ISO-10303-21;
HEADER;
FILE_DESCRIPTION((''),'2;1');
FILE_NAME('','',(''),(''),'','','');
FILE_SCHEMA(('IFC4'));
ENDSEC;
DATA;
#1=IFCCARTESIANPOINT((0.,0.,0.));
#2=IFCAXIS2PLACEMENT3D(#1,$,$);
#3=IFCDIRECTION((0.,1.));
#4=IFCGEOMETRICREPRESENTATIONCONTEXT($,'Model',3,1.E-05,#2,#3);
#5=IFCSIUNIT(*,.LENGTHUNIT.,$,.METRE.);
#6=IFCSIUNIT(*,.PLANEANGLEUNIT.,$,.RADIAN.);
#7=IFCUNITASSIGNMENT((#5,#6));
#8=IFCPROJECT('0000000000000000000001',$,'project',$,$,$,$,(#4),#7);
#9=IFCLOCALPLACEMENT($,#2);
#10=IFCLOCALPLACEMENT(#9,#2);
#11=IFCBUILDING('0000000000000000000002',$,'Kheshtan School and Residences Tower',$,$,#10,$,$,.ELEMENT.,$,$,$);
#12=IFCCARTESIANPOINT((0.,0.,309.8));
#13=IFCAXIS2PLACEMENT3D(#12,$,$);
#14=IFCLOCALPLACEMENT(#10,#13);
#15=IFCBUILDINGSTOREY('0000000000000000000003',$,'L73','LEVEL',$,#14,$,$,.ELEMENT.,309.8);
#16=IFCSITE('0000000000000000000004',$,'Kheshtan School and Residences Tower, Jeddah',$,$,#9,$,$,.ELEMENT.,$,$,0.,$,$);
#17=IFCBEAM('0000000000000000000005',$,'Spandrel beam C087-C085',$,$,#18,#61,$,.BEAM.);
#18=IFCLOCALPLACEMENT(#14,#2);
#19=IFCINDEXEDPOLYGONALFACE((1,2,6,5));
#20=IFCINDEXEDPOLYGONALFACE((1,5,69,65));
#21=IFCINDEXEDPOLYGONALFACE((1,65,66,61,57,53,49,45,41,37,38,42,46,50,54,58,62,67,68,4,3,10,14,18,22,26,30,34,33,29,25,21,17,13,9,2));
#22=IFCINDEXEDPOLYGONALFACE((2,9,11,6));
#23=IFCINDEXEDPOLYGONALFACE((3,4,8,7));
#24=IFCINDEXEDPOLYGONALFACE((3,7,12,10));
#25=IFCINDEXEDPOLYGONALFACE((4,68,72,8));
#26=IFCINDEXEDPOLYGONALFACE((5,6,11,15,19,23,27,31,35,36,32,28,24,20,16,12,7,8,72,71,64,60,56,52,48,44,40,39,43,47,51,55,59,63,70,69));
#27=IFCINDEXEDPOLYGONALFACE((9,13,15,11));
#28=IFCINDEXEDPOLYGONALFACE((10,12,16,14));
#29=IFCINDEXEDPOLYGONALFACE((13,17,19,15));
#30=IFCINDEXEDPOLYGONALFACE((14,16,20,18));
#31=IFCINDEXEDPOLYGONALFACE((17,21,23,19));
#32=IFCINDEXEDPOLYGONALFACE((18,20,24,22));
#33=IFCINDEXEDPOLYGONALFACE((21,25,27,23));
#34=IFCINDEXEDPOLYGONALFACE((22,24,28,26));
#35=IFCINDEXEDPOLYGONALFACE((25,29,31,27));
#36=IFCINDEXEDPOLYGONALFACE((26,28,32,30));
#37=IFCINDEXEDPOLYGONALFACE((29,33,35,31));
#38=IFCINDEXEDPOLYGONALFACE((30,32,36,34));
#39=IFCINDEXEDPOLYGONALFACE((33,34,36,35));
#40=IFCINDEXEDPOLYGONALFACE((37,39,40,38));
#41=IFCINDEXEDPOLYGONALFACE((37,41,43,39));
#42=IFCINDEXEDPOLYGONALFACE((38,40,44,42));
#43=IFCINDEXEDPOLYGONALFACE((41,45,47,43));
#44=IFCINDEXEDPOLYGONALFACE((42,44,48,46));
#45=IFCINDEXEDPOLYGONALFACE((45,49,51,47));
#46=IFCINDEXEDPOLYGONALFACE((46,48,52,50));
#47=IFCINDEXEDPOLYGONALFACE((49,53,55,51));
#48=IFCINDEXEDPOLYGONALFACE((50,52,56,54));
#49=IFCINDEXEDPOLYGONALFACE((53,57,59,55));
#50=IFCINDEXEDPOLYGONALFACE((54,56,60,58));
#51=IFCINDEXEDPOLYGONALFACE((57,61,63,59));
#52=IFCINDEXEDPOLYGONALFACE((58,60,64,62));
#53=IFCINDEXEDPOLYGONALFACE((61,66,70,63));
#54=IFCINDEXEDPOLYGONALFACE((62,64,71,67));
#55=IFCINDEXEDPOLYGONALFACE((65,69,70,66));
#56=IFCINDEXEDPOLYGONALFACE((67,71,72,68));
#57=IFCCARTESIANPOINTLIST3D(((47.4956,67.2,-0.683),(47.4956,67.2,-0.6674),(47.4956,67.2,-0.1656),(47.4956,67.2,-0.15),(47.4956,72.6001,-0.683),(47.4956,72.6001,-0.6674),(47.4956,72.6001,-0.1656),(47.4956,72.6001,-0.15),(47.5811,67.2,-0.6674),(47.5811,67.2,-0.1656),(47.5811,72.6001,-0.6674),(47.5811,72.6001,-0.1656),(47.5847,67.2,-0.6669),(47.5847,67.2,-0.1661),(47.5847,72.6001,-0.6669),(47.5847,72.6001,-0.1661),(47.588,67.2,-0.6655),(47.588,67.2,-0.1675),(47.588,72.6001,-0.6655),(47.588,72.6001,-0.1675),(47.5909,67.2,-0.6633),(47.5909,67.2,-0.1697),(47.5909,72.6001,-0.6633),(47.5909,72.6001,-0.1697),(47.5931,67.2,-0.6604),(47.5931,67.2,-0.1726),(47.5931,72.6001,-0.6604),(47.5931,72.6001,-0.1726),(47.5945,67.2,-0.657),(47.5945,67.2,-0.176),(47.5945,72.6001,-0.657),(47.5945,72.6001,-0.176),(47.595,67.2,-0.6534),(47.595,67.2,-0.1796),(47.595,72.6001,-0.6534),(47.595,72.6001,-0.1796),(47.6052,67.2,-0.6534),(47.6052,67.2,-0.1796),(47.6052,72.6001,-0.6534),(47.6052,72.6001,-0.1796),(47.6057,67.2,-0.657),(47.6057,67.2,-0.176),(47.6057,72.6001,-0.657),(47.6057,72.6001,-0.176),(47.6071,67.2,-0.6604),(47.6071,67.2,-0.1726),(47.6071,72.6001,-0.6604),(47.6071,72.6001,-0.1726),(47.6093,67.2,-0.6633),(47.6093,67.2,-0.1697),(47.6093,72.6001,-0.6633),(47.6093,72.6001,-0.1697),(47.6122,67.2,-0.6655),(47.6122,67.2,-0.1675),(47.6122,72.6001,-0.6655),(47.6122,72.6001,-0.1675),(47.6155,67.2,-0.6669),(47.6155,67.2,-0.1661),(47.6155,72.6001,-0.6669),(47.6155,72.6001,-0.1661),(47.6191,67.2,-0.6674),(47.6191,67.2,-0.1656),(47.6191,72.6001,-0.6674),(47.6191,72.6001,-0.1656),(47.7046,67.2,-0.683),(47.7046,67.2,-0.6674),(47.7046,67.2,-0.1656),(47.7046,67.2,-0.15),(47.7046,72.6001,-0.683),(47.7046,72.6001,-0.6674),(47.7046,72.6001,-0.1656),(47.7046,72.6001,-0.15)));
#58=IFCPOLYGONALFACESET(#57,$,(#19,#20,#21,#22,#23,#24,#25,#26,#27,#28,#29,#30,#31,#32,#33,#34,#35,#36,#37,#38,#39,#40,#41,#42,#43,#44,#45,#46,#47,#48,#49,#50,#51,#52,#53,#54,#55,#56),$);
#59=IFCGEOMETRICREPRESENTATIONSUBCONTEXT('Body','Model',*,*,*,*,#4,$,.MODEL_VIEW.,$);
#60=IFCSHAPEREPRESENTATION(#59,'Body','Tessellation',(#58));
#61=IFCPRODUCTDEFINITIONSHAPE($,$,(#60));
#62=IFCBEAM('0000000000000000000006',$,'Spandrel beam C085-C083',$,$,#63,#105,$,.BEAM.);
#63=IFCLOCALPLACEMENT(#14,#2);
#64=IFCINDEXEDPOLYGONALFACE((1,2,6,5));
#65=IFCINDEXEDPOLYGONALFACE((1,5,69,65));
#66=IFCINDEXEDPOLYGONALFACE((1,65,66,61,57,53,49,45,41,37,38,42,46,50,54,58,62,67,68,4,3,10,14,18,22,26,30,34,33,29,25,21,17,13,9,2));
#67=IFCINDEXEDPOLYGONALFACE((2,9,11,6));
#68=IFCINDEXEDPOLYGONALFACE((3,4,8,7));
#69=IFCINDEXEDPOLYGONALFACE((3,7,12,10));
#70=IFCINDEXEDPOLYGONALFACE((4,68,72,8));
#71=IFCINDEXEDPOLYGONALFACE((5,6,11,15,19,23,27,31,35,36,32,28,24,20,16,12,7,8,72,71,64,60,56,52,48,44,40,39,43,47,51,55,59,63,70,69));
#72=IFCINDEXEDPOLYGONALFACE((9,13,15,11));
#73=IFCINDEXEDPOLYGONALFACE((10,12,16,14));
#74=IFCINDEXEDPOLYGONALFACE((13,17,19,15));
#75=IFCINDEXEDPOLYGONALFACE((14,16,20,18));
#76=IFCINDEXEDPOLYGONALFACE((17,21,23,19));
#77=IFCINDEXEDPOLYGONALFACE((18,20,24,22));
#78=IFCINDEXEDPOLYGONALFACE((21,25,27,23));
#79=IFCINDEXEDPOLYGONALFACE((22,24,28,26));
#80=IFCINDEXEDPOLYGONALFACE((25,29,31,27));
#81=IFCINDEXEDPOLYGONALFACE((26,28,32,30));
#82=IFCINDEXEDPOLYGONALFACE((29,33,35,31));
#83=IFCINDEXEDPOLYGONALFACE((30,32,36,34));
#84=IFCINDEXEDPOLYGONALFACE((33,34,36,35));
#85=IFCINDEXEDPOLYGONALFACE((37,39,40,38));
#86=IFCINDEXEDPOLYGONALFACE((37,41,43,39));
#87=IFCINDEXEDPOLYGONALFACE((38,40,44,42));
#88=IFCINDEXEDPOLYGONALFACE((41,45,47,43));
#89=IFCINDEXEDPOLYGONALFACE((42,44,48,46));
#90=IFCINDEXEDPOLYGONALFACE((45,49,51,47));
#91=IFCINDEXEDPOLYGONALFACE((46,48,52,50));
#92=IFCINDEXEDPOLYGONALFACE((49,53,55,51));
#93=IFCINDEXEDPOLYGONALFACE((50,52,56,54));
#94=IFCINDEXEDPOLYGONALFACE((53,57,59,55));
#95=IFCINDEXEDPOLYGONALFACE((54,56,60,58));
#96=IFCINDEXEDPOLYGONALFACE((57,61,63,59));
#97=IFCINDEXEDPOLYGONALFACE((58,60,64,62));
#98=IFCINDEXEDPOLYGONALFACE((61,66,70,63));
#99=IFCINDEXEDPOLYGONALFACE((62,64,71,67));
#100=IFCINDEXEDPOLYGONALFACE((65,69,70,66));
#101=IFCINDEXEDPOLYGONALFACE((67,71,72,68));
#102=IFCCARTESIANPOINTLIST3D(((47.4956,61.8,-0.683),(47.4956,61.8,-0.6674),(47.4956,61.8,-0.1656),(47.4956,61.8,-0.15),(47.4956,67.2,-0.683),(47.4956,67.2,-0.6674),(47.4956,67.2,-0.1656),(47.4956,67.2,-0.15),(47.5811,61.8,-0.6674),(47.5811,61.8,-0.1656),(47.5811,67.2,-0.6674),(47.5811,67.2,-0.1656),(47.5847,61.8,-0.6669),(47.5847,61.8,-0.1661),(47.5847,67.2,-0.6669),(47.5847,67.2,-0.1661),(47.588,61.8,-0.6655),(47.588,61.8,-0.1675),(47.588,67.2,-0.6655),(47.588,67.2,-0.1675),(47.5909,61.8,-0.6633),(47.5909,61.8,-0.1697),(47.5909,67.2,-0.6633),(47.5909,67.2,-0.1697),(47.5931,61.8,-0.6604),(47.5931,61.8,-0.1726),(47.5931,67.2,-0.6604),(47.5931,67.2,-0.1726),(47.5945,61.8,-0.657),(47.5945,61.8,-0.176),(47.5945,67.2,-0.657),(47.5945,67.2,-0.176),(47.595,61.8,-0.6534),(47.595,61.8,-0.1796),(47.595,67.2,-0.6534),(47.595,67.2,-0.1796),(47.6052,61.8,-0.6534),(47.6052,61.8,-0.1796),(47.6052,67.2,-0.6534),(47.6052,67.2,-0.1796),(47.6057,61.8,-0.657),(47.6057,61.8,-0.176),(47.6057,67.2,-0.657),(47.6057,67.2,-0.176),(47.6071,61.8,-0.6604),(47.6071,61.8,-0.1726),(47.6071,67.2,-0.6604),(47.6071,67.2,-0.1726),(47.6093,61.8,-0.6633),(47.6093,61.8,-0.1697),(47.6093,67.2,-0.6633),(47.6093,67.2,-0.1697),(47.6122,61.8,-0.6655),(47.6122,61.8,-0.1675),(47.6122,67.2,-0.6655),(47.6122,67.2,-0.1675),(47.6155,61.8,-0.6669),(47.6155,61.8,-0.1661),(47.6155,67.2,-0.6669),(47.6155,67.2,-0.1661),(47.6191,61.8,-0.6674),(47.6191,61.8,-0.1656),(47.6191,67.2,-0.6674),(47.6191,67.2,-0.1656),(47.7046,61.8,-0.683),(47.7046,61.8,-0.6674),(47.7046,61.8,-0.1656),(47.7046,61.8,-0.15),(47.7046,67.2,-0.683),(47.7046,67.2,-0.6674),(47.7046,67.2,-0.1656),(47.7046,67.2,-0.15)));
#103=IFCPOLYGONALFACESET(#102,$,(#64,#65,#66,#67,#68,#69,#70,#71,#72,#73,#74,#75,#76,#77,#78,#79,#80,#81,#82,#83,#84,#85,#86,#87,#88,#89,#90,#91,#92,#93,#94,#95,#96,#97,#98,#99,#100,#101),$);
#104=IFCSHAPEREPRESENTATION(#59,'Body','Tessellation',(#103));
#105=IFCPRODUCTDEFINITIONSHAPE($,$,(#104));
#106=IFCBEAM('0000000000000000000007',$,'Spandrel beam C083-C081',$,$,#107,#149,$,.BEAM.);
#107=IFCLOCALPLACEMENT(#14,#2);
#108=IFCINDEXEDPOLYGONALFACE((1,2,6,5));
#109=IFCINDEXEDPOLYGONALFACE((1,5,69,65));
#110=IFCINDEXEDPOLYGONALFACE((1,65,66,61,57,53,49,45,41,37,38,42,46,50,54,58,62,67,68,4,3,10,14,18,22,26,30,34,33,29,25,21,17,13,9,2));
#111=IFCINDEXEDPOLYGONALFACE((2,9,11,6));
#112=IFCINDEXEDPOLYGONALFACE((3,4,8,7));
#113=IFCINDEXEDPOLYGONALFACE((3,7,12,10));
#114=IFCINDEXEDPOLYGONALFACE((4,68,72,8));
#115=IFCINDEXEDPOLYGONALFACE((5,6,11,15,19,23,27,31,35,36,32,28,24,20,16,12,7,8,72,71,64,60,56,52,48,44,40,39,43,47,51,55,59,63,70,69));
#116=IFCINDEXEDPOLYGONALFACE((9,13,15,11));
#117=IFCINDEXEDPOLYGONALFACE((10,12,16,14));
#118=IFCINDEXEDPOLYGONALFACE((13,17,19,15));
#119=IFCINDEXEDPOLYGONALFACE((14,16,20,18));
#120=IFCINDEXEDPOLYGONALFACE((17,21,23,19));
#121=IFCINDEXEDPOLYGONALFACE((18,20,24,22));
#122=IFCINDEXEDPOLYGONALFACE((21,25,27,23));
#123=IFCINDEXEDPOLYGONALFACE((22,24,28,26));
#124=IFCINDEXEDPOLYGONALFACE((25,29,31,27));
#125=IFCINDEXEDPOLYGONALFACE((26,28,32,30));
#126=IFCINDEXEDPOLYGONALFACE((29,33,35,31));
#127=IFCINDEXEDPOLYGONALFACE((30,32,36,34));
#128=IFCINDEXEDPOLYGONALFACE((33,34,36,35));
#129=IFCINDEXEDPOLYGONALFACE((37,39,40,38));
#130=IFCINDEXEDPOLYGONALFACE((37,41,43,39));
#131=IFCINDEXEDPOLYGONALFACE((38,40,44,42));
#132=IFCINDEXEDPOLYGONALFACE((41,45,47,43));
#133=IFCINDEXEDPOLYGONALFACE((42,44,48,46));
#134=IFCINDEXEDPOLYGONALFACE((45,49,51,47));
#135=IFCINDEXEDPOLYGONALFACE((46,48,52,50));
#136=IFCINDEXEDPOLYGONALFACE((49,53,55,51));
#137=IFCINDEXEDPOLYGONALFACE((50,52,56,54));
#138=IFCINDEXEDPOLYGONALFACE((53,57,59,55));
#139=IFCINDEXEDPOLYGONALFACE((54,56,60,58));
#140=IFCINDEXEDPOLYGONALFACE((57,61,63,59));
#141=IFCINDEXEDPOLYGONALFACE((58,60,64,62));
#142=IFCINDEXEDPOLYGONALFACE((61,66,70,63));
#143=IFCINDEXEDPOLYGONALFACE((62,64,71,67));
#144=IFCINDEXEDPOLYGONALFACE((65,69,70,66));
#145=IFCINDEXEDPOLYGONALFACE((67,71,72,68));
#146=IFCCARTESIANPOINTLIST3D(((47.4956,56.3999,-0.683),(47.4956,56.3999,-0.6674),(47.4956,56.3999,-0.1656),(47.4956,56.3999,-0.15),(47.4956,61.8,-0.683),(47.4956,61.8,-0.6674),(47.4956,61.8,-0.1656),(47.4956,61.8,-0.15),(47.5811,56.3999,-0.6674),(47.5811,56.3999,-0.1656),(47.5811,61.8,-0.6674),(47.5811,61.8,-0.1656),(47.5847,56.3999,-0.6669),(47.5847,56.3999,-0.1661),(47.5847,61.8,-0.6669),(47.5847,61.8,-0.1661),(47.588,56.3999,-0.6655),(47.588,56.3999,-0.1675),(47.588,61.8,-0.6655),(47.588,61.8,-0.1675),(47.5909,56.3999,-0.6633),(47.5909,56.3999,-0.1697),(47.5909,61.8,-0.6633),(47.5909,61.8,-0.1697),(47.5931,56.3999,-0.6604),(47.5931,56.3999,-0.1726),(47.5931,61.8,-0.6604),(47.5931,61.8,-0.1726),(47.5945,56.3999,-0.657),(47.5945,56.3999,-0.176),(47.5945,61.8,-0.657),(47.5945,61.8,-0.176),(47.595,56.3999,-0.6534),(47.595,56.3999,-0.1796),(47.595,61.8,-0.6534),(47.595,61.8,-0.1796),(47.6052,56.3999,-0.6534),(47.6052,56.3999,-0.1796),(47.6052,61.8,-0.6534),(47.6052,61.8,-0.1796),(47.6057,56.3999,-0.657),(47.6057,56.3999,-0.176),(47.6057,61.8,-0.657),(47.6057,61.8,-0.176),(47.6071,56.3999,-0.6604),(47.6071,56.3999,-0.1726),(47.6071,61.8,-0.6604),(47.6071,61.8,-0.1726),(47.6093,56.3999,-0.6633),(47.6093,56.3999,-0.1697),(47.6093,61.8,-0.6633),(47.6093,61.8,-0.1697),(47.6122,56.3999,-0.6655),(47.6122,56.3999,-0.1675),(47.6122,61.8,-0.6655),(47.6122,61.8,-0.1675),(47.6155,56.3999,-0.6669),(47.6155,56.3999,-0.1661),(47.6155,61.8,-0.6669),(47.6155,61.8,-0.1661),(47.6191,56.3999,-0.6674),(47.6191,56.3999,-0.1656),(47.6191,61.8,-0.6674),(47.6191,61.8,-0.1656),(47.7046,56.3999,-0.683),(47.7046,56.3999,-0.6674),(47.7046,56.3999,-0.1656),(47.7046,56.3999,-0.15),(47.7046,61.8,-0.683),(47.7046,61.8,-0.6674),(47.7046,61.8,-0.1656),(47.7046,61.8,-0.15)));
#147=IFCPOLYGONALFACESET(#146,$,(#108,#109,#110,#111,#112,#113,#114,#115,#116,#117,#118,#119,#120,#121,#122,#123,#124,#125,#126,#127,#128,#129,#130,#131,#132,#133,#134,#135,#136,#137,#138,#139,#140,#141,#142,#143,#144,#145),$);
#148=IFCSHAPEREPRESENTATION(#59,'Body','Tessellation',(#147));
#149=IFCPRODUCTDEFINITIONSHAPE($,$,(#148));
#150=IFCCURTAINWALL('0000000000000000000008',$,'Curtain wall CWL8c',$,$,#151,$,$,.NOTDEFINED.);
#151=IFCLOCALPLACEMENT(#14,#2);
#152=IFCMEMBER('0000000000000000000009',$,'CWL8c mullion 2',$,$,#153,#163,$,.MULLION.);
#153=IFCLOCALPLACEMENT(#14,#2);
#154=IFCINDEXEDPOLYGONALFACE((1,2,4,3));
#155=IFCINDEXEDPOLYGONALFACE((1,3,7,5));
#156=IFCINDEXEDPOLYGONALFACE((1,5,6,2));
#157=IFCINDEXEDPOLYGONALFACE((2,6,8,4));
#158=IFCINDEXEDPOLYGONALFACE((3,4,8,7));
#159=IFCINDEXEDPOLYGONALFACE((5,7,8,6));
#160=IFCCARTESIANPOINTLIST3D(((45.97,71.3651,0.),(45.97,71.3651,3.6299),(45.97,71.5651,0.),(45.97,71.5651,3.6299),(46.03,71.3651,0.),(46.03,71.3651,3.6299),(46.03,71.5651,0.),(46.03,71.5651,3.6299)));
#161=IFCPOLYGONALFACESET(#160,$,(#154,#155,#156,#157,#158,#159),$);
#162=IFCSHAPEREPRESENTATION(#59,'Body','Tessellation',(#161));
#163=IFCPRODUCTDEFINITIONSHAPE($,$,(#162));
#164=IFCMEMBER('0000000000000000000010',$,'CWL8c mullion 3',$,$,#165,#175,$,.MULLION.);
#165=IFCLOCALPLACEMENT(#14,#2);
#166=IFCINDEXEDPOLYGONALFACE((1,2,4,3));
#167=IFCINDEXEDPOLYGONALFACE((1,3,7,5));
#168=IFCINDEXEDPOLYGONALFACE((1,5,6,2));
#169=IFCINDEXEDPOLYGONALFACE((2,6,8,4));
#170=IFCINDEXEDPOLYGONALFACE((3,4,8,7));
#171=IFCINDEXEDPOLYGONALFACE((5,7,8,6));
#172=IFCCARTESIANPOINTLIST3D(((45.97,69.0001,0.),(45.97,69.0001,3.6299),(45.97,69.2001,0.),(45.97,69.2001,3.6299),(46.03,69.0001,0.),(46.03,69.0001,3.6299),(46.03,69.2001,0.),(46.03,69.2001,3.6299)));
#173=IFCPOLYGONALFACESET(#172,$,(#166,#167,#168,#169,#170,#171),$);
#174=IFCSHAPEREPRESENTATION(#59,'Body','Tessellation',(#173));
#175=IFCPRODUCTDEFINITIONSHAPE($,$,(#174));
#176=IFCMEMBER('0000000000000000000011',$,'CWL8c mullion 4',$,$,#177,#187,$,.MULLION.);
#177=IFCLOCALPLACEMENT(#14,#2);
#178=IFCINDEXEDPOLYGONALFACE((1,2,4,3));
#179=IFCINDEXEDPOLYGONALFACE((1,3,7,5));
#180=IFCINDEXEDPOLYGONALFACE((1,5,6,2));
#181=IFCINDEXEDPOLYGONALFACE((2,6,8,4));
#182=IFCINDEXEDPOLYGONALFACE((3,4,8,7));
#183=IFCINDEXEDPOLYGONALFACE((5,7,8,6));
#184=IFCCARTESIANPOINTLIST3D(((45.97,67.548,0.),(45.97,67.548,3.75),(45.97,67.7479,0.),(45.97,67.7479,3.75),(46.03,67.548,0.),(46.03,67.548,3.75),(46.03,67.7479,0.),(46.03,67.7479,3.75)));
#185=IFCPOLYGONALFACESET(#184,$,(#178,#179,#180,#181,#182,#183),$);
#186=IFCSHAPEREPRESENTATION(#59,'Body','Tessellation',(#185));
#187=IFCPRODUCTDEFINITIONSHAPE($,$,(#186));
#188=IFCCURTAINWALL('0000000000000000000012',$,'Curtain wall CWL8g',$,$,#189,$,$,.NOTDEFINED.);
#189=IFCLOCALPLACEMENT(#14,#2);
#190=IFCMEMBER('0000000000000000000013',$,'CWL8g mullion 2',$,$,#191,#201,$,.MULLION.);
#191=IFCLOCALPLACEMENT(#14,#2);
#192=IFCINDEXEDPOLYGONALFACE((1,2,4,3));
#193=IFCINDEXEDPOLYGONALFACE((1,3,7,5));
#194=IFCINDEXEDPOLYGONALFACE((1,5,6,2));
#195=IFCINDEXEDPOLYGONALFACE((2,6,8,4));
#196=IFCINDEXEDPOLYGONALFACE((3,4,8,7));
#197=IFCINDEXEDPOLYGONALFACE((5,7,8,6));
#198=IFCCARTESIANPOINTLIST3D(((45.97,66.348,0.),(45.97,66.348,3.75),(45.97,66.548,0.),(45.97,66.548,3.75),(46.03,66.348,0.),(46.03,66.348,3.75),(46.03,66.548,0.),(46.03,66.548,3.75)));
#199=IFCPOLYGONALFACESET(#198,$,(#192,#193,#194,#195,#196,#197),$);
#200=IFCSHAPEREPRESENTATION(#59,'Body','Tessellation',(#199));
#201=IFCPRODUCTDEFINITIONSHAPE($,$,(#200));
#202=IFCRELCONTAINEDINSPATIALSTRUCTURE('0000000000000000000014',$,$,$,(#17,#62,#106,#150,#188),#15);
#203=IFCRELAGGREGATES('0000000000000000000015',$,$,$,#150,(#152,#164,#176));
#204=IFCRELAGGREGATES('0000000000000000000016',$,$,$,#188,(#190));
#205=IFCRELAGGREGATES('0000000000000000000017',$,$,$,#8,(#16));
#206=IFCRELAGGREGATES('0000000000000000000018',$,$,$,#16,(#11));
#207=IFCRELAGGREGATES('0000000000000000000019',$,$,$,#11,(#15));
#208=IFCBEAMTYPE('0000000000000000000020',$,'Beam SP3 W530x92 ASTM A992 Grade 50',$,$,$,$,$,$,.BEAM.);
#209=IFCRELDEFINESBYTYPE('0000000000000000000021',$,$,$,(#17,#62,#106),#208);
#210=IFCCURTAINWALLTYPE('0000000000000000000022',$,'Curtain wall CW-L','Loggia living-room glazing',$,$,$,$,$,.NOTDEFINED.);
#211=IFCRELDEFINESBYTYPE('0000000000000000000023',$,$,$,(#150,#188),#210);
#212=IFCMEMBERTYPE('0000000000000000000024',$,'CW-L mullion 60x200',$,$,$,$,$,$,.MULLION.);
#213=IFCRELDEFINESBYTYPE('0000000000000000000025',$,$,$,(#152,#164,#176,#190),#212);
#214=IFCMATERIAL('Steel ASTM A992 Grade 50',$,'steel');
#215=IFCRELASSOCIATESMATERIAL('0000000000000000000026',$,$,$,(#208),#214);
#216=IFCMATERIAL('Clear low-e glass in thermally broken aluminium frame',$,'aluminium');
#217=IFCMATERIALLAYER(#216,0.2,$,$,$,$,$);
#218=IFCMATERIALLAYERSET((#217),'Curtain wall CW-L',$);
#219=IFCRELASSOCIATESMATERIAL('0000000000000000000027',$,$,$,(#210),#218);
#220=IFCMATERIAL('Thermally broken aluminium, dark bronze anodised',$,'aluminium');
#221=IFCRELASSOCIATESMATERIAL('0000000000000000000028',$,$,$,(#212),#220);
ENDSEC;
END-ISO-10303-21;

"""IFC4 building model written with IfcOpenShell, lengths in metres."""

from ifc_helpers import new_model, si_unit, direction, frame, origin, origin_2d, place, context, subcontext, project, spatial, rectangle, i_section, extrude, material, layer, layer_set, material_profile, profile_set, type_object, element, aggregate, save


model = new_model("IFC4")

# Units and contexts
model_context = context("Model", 3, precision=1e-05, world=origin(), true_north=direction((0.0, 1.0)))
body_context = subcontext(model_context, "Body", "Model", "MODEL_VIEW")
ifc_project = project(units=[si_unit("LENGTHUNIT", "METRE"), si_unit("PLANEANGLEUNIT", "RADIAN")], contexts=[model_context])

# Site, building, storey
site_placement = place(None, origin())
site = spatial("IfcSite", under=ifc_project, at=site_placement, Name="Kheshtan School and Residences Tower, Jeddah", CompositionType="ELEMENT", RefElevation=0.0)
building_placement = place(site_placement, origin())
building = spatial("IfcBuilding", under=site, at=building_placement, Name="Kheshtan School and Residences Tower", CompositionType="ELEMENT")
storey_placement = place(building_placement, frame((0.0, 0.0, 309.8)))
storey = spatial("IfcBuildingStorey", under=building, at=storey_placement, Name="L73", Description="LEVEL", CompositionType="ELEMENT", Elevation=309.8)

# Shared definitions
ifc_material_1 = material(Name="Steel ASTM A992 Grade 50", Category="steel")

# Beams
ifc_material_profile_1 = material_profile(ifc_material_1, i_section(OverallWidth=0.209, OverallDepth=0.533, WebThickness=0.0103, FlangeThickness=0.0156, FilletRadius=0.0139, at=origin_2d()), Name="W530x92")
ifc_profile_set_1 = profile_set([ifc_material_profile_1], Name="Steel ASTM A992 Grade 50")
beam_type_1 = type_object("IfcBeamType", Name="Beam SP3 W530x92 ASTM A992 Grade 50", PredefinedType="BEAM", material=ifc_profile_set_1)
beam_1_placement = place(storey_placement, frame((47.6001, 72.6001, -0.4165), z_axis=(0.0, -1.0, 0.0), x_axis=(1.0, 0.0, 0.0)))
element("IfcBeam", 1, at=beam_1_placement, inside=storey, type_object=beam_type_1, Name="Spandrel beam C087-C085", PredefinedType="BEAM", context=body_context, shape_type="SweptSolid", body=[
    extrude(i_section(OverallWidth=0.209, OverallDepth=0.533, WebThickness=0.0103, FlangeThickness=0.0156, FilletRadius=0.0139, at=origin_2d()), origin(), (0.0, 0.0, 1.0), 5.4001),
])
beam_2_placement = place(storey_placement, frame((47.6001, 67.2, -0.4165), z_axis=(0.0, -1.0, 0.0), x_axis=(1.0, 0.0, 0.0)))
element("IfcBeam", 2, at=beam_2_placement, inside=storey, type_object=beam_type_1, Name="Spandrel beam C085-C083", PredefinedType="BEAM", context=body_context, shape_type="SweptSolid", body=[
    extrude(i_section(OverallWidth=0.209, OverallDepth=0.533, WebThickness=0.0103, FlangeThickness=0.0156, FilletRadius=0.0139, at=origin_2d()), origin(), (0.0, 0.0, 1.0), 5.3999),
])
beam_3_placement = place(storey_placement, frame((47.6001, 61.8, -0.4165), z_axis=(0.0, -1.0, 0.0), x_axis=(1.0, 0.0, 0.0)))
element("IfcBeam", 3, at=beam_3_placement, inside=storey, type_object=beam_type_1, Name="Spandrel beam C083-C081", PredefinedType="BEAM", context=body_context, shape_type="SweptSolid", body=[
    extrude(i_section(OverallWidth=0.209, OverallDepth=0.533, WebThickness=0.0103, FlangeThickness=0.0156, FilletRadius=0.0139, at=origin_2d()), origin(), (0.0, 0.0, 1.0), 5.4001),
])

# Curtain wall, members
ifc_material_2 = material(Name="Clear low-e glass in thermally broken aluminium frame", Category="aluminium")
ifc_layer_1 = layer(ifc_material_2, 0.2)
ifc_layer_set_1 = layer_set([ifc_layer_1], Name="Curtain wall CW-L")
curtain_wall_type = type_object("IfcCurtainWallType", Name="Curtain wall CW-L", Description="Loggia living-room glazing", PredefinedType="NOTDEFINED", material=ifc_layer_set_1)
curtain_wall_1_placement = place(storey_placement, origin())
curtain_wall_1 = element("IfcCurtainWall", 4, at=curtain_wall_1_placement, inside=storey, type_object=curtain_wall_type, Name="Curtain wall CWL8c", PredefinedType="NOTDEFINED")
ifc_material_3 = material(Name="Thermally broken aluminium, dark bronze anodised", Category="aluminium")
ifc_material_profile_2 = material_profile(ifc_material_3, rectangle(XDim=0.0601, YDim=0.2, at=origin_2d()), Name="CW-L mullion 60x200")
ifc_profile_set_2 = profile_set([ifc_material_profile_2], Name="Thermally broken aluminium, dark bronze anodised")
member_type_1 = type_object("IfcMemberType", Name="CW-L mullion 60x200", PredefinedType="MULLION", material=ifc_profile_set_2)
member_1_placement = place(storey_placement, frame((46.0, 71.4651, 0.0), z_axis=(0.0, 0.0, 1.0), x_axis=(1.0, 0.0, 0.0)))
member_1 = element("IfcMember", 5, at=member_1_placement, type_object=member_type_1, Name="CWL8c mullion 2", PredefinedType="MULLION", context=body_context, shape_type="SweptSolid", body=[
    extrude(rectangle(XDim=0.0601, YDim=0.2, at=origin_2d()), origin(), (0.0, 0.0, 1.0), 3.6299),
])
member_2_placement = place(storey_placement, frame((46.0, 69.1001, 0.0), z_axis=(0.0, 0.0, 1.0), x_axis=(1.0, 0.0, 0.0)))
member_2 = element("IfcMember", 6, at=member_2_placement, type_object=member_type_1, Name="CWL8c mullion 3", PredefinedType="MULLION", context=body_context, shape_type="SweptSolid", body=[
    extrude(rectangle(XDim=0.0601, YDim=0.2, at=origin_2d()), origin(), (0.0, 0.0, 1.0), 3.6299),
])
member_3_placement = place(storey_placement, frame((46.0, 67.6479, 0.0), z_axis=(0.0, 0.0, 1.0), x_axis=(1.0, 0.0, 0.0)))
member_3 = element("IfcMember", 7, at=member_3_placement, type_object=member_type_1, Name="CWL8c mullion 4", PredefinedType="MULLION", context=body_context, shape_type="SweptSolid", body=[
    extrude(rectangle(XDim=0.0601, YDim=0.2, at=origin_2d()), origin(), (0.0, 0.0, 1.0), 3.75),
])

# Curtain wall, member
curtain_wall_2_placement = place(storey_placement, origin())
curtain_wall_2 = element("IfcCurtainWall", 8, at=curtain_wall_2_placement, inside=storey, type_object=curtain_wall_type, Name="Curtain wall CWL8g", PredefinedType="NOTDEFINED")
member_4_placement = place(storey_placement, frame((46.0, 66.448, 0.0), z_axis=(0.0, 0.0, 1.0), x_axis=(1.0, 0.0, 0.0)))
member_4 = element("IfcMember", 9, at=member_4_placement, type_object=member_type_1, Name="CWL8g mullion 2", PredefinedType="MULLION", context=body_context, shape_type="SweptSolid", body=[
    extrude(rectangle(XDim=0.0601, YDim=0.2, at=origin_2d()), origin(), (0.0, 0.0, 1.0), 3.75),
])

aggregate(curtain_wall_1, [member_1, member_2, member_3])
aggregate(curtain_wall_2, [member_4])

save(model, "model.ifc")
